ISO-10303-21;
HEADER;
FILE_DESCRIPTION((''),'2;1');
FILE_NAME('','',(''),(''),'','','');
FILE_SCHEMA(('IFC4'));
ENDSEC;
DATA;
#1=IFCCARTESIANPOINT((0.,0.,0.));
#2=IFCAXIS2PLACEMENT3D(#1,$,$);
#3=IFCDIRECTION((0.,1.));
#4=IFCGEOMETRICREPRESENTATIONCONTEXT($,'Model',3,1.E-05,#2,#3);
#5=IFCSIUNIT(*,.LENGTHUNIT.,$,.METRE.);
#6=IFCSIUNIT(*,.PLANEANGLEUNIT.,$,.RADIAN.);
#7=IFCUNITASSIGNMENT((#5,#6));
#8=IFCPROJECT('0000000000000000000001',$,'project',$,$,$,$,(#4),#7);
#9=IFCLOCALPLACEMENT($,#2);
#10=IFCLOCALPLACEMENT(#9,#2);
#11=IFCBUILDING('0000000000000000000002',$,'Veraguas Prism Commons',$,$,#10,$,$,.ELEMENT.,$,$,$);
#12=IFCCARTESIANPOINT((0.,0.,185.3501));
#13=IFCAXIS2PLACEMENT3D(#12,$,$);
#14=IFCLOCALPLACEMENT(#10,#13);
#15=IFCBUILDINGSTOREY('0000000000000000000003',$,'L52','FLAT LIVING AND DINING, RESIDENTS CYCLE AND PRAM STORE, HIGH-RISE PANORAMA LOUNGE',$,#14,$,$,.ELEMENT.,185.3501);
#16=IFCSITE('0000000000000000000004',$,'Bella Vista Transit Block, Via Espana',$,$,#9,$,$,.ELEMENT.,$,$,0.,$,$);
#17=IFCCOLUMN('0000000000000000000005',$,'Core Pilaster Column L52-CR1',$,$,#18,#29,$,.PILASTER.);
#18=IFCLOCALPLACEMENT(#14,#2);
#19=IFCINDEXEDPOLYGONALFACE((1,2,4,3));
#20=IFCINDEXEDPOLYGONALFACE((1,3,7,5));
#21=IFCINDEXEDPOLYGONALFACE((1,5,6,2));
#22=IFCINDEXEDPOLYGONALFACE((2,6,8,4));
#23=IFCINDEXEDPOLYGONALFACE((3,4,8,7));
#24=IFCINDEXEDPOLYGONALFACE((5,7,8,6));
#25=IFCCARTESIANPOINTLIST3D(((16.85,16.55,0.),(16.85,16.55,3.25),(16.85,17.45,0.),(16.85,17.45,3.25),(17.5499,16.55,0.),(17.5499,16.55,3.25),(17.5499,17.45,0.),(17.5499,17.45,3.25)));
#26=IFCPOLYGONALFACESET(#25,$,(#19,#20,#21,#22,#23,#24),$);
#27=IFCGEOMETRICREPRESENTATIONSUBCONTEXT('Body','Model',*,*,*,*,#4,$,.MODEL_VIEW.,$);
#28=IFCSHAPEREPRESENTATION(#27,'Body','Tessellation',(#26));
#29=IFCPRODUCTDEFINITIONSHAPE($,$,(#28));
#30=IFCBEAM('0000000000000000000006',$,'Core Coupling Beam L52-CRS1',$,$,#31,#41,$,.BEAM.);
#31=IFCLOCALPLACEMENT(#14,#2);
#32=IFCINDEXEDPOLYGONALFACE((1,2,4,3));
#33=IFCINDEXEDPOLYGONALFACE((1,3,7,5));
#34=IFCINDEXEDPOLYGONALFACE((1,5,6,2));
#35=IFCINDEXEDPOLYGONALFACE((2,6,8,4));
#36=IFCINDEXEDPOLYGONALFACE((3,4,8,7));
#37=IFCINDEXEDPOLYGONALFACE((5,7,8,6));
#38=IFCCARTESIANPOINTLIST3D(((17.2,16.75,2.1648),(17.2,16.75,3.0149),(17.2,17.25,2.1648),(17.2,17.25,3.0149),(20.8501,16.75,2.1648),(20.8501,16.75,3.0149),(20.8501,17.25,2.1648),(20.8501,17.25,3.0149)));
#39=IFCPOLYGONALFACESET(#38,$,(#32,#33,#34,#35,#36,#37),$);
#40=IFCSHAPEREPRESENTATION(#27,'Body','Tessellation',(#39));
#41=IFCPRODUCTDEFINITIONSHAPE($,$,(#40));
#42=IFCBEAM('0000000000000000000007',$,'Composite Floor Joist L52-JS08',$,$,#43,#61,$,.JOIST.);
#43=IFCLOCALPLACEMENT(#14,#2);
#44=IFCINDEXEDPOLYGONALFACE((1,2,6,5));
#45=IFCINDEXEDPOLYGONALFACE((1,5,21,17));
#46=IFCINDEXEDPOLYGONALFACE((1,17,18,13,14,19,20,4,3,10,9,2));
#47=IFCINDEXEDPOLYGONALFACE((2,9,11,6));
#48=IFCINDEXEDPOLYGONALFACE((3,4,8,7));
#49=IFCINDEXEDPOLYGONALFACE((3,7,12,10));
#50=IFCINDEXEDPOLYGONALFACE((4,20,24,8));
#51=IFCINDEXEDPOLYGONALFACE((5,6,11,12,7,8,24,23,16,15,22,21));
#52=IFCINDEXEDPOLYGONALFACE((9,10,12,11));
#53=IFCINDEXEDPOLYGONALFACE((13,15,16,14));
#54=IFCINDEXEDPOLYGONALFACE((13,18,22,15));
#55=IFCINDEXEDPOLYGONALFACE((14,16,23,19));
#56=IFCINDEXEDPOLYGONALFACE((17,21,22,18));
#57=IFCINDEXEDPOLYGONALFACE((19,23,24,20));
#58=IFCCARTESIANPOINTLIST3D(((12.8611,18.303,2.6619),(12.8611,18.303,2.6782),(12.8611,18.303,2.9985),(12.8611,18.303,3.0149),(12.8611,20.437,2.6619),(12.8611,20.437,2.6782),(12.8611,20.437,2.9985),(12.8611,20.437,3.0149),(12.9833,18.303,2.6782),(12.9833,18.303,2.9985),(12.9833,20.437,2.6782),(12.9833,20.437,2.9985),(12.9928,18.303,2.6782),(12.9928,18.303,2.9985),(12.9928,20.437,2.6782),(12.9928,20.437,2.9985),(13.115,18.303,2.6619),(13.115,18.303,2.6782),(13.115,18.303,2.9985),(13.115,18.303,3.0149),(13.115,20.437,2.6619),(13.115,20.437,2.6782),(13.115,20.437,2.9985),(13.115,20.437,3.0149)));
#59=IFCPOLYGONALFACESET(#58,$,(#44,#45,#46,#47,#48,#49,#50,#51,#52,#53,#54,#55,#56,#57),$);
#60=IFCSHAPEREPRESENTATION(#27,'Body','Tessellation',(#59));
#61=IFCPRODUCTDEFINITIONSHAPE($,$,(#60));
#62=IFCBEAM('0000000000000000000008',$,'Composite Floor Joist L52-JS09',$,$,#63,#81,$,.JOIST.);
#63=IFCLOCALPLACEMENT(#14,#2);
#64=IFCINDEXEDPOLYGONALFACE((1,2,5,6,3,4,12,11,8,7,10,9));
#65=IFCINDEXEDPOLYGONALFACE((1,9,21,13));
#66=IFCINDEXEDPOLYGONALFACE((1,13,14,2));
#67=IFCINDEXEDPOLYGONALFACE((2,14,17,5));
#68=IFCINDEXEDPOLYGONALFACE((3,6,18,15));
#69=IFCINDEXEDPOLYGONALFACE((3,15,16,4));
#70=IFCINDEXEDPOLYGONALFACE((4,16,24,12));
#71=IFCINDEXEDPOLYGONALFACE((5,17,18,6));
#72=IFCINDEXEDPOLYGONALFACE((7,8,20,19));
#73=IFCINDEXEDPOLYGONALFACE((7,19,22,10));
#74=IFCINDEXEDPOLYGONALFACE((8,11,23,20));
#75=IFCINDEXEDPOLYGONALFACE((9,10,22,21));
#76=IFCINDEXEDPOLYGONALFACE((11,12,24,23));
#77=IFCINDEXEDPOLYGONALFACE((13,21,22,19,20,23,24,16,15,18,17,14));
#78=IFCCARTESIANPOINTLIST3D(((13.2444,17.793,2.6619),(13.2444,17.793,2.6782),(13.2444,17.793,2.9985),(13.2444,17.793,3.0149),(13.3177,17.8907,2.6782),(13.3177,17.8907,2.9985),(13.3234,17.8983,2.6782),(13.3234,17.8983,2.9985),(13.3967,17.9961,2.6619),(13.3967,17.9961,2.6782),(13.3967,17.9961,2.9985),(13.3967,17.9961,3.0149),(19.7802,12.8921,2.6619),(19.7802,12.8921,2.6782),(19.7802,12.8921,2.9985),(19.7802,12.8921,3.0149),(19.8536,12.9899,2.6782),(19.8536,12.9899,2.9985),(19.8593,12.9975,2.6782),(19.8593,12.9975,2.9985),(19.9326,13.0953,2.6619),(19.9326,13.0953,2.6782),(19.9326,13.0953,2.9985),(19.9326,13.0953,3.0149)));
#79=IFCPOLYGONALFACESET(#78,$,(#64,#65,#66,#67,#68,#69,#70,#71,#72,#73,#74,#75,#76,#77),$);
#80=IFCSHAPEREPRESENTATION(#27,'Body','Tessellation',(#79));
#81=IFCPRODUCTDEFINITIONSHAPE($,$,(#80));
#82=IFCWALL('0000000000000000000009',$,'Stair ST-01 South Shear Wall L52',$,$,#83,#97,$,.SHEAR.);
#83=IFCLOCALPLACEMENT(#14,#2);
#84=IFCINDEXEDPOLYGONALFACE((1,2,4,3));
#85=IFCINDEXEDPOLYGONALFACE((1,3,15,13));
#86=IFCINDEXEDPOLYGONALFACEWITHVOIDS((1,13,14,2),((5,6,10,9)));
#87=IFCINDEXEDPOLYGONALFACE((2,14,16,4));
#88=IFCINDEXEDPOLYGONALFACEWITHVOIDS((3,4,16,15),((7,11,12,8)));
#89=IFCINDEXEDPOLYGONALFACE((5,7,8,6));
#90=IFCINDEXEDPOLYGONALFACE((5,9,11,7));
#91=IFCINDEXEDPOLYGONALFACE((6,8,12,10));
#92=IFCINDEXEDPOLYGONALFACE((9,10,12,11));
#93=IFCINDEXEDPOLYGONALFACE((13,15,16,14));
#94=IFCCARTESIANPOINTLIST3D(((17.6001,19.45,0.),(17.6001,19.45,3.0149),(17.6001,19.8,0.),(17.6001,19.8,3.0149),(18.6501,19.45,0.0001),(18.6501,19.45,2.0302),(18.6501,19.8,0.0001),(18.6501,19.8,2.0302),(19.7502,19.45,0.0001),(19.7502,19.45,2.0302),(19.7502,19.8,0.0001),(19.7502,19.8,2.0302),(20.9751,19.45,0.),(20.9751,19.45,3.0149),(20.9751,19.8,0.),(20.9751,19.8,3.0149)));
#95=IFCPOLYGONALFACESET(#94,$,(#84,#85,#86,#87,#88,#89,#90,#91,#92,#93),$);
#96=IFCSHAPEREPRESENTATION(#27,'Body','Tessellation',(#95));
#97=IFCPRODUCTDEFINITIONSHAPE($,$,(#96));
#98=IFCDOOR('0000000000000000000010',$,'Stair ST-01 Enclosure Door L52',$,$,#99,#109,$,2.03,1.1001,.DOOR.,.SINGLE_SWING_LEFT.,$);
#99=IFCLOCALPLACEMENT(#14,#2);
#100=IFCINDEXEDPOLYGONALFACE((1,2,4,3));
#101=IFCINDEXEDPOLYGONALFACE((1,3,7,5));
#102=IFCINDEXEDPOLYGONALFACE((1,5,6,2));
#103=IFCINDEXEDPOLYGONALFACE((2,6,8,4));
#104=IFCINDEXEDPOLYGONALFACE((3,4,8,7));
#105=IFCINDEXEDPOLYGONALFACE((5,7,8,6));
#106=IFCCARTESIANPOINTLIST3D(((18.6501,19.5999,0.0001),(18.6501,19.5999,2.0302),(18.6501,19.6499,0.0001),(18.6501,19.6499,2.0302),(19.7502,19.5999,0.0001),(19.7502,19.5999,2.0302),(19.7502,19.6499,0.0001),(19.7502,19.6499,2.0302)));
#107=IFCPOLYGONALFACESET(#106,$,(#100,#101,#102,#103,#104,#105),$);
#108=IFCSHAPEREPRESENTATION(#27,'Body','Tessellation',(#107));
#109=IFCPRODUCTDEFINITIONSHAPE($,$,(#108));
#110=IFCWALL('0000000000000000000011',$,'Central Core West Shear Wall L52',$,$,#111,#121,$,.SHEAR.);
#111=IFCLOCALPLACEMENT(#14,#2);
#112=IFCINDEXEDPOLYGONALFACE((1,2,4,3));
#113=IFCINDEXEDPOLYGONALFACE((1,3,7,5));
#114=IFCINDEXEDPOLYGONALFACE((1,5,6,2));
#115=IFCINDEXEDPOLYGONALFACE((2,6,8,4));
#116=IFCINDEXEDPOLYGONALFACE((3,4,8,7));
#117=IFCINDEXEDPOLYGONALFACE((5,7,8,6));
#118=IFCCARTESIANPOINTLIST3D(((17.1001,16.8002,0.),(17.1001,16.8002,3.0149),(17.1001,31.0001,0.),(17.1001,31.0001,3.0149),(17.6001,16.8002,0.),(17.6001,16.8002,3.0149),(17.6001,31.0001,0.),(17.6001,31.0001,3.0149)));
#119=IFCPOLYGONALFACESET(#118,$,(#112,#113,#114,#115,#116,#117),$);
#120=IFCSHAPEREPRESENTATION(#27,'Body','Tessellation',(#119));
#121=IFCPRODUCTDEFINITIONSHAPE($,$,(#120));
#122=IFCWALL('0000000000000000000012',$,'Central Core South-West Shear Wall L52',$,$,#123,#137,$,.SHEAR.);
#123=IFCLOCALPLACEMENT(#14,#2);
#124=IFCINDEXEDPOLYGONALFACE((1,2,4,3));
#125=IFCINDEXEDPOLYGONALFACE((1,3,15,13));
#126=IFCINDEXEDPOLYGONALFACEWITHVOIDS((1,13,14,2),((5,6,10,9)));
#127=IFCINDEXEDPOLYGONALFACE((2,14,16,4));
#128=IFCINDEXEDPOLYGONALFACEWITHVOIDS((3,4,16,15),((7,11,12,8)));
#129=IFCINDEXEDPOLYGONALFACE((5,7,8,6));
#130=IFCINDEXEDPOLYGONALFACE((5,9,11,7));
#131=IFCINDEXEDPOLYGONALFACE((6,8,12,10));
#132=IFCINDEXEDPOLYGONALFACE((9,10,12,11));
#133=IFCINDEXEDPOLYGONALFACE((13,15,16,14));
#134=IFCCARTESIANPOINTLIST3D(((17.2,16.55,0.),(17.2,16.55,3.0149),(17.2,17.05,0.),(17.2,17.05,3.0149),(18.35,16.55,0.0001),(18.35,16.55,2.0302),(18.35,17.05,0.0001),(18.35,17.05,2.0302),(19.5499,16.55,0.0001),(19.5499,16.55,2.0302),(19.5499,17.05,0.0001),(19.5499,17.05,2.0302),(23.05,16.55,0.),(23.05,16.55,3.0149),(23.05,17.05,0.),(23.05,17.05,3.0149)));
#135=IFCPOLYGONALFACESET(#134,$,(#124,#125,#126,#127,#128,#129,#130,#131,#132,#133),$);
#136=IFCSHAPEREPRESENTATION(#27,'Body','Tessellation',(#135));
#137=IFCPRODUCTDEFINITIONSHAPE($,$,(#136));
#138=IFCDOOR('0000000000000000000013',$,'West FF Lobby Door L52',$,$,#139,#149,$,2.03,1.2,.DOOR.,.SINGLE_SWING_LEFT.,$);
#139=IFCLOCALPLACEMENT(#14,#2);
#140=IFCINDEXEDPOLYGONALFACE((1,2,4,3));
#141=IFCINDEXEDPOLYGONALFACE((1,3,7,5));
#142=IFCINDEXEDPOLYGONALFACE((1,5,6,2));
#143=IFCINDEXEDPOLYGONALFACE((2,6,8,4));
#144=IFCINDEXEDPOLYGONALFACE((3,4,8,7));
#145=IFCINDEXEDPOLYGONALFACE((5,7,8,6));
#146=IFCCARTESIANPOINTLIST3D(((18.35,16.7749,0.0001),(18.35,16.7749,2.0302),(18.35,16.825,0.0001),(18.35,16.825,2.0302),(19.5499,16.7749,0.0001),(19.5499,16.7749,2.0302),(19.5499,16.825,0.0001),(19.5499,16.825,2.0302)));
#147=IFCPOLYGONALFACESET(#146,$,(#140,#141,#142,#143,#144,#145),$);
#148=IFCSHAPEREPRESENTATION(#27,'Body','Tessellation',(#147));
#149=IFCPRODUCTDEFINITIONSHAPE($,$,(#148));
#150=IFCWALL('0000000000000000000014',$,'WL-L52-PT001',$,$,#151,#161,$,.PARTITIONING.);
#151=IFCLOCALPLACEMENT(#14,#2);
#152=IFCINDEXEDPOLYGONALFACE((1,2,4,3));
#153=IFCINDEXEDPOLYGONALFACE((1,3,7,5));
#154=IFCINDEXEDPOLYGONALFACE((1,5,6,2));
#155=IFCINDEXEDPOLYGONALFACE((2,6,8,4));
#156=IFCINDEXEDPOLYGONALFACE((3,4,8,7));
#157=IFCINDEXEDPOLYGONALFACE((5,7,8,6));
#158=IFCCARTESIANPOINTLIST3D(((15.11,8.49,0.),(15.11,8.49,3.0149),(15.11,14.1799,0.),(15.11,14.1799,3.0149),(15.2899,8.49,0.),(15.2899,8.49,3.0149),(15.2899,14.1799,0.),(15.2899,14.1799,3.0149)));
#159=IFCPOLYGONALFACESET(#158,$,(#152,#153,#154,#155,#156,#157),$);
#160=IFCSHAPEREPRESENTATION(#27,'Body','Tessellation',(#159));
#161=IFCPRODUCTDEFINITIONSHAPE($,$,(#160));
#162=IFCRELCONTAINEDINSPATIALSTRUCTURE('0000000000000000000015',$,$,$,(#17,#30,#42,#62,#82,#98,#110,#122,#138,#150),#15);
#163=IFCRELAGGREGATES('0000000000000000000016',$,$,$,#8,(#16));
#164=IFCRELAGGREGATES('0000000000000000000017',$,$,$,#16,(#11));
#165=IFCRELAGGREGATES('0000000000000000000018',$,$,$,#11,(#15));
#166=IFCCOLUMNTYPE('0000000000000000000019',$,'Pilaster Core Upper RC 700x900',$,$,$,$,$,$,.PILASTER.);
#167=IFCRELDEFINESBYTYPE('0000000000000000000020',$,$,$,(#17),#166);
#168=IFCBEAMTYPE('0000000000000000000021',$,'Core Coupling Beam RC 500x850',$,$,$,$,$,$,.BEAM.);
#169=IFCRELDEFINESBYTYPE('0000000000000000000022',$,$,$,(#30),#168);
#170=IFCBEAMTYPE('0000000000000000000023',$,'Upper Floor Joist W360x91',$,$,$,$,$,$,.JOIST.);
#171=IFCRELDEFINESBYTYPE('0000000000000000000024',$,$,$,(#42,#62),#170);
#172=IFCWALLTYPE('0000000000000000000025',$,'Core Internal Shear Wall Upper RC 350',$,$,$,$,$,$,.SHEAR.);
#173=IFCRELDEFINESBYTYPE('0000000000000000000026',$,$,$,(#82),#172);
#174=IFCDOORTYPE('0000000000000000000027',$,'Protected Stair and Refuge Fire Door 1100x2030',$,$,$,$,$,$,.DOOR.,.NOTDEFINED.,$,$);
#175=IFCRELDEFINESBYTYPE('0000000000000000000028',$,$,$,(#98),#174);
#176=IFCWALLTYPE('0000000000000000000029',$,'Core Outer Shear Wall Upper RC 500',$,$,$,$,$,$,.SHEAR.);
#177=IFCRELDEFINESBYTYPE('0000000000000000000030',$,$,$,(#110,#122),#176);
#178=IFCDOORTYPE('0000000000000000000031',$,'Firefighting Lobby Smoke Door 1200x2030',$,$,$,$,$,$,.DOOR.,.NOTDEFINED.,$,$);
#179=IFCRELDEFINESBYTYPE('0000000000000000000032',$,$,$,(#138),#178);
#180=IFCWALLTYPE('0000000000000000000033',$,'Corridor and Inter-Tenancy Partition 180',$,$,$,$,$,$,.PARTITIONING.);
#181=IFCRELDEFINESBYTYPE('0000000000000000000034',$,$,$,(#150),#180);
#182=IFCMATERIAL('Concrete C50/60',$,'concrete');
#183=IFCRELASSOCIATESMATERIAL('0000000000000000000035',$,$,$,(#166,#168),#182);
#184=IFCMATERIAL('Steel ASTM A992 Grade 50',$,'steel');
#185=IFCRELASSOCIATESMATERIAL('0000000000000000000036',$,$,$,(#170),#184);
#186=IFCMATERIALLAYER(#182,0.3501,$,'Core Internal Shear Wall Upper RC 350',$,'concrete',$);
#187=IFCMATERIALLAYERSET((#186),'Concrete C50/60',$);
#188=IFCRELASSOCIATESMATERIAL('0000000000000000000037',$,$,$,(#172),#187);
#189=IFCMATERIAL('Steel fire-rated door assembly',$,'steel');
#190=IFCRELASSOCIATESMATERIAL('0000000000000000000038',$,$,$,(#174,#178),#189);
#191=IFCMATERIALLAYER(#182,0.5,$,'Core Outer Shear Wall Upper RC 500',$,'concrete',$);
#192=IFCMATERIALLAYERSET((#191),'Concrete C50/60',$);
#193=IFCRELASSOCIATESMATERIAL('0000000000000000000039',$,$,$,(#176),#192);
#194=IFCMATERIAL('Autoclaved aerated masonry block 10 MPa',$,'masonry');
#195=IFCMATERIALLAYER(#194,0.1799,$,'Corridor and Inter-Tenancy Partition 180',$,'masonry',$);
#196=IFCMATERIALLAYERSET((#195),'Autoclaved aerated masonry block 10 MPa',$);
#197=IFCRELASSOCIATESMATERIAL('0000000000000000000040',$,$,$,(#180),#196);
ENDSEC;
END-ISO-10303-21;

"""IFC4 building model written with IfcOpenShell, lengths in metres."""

from ifc_helpers import new_model, si_unit, direction, frame, frame_2d, origin, origin_2d, place, context, subcontext, project, spatial, rectangle, i_section, extrude, source, transform, mapped, material, layer, layer_set, material_profile, profile_set, type_object, element, fill, save


model = new_model("IFC4")

# Units and contexts
model_context = context("Model", 3, precision=1e-05, world=origin(), true_north=direction((0.0, 1.0)))
body_context = subcontext(model_context, "Body", "Model", "MODEL_VIEW")
ifc_project = project(units=[si_unit("LENGTHUNIT", "METRE"), si_unit("PLANEANGLEUNIT", "RADIAN")], contexts=[model_context])

# Site, building, storey
site_placement = place(None, origin())
site = spatial("IfcSite", under=ifc_project, at=site_placement, Name="Bella Vista Transit Block, Via Espana", CompositionType="ELEMENT", RefElevation=0.0)
building_placement = place(site_placement, origin())
building = spatial("IfcBuilding", under=site, at=building_placement, Name="Veraguas Prism Commons", CompositionType="ELEMENT")
storey_placement = place(building_placement, frame((0.0, 0.0, 185.3501)))
storey = spatial("IfcBuildingStorey", under=building, at=storey_placement, Name="L52", Description="FLAT LIVING AND DINING, RESIDENTS CYCLE AND PRAM STORE, HIGH-RISE PANORAMA LOUNGE", CompositionType="ELEMENT", Elevation=185.3501)

# Column
ifc_material_1 = material(Name="Concrete C50/60", Category="concrete")
ifc_material_profile_1 = material_profile(ifc_material_1, rectangle(XDim=0.7, YDim=0.8999, at=origin_2d()), Name="RC700X900")
ifc_profile_set_1 = profile_set([ifc_material_profile_1], Name="Concrete C50/60")
column_type = type_object("IfcColumnType", Name="Pilaster Core Upper RC 700x900", PredefinedType="PILASTER", material=ifc_profile_set_1)
column_placement = place(storey_placement, frame((17.2, 17.0, 0.0), z_axis=(0.0, 0.0, 1.0), x_axis=(1.0, 0.0, 0.0)))
element("IfcColumn", 1, at=column_placement, inside=storey, type_object=column_type, Name="Core Pilaster Column L52-CR1", PredefinedType="PILASTER", context=body_context, shape_type="SweptSolid", body=[
    extrude(rectangle(XDim=0.7, YDim=0.8999, at=origin_2d()), origin(), (0.0, 0.0, 1.0), 3.25),
])

# Beams
ifc_material_profile_2 = material_profile(ifc_material_1, rectangle(XDim=0.5, YDim=0.8501, at=origin_2d()), Name="RC500X850")
ifc_profile_set_2 = profile_set([ifc_material_profile_2], Name="Concrete C50/60")
beam_type_1 = type_object("IfcBeamType", Name="Core Coupling Beam RC 500x850", PredefinedType="BEAM", material=ifc_profile_set_2)
beam_1_placement = place(storey_placement, frame((17.2, 17.0, 2.5898), z_axis=(1.0, 0.0, 0.0), x_axis=(0.0, 1.0, 0.0)))
element("IfcBeam", 2, at=beam_1_placement, inside=storey, type_object=beam_type_1, Name="Core Coupling Beam L52-CRS1", PredefinedType="BEAM", context=body_context, shape_type="SweptSolid", body=[
    extrude(rectangle(XDim=0.5, YDim=0.8501, at=origin_2d()), origin(), (0.0, 0.0, 1.0), 3.6501),
])
ifc_material_2 = material(Name="Steel ASTM A992 Grade 50", Category="steel")
ifc_material_profile_3 = material_profile(ifc_material_2, i_section(OverallWidth=0.2539, OverallDepth=0.353, WebThickness=0.0095, FlangeThickness=0.0164, at=origin_2d()), Name="W360X91")
ifc_profile_set_3 = profile_set([ifc_material_profile_3], Name="Steel ASTM A992 Grade 50")
beam_type_2 = type_object("IfcBeamType", Name="Upper Floor Joist W360x91", PredefinedType="JOIST", material=ifc_profile_set_3)
beam_2_placement = place(storey_placement, frame((12.988, 20.437, 2.8384), z_axis=(0.0, -1.0, 0.0), x_axis=(1.0, 0.0, 0.0)))
element("IfcBeam", 3, at=beam_2_placement, inside=storey, type_object=beam_type_2, Name="Composite Floor Joist L52-JS08", PredefinedType="JOIST", context=body_context, shape_type="SweptSolid", body=[
    extrude(i_section(OverallWidth=0.2539, OverallDepth=0.353, WebThickness=0.0095, FlangeThickness=0.0164, at=origin_2d()), origin(), (0.0, 0.0, 1.0), 2.134),
])
beam_3_placement = place(storey_placement, frame((13.3206, 17.8945, 2.8384), z_axis=(0.800061, -0.599919, 0.0), x_axis=(0.599919, 0.800061, 0.0)))
element("IfcBeam", 4, at=beam_3_placement, inside=storey, type_object=beam_type_2, Name="Composite Floor Joist L52-JS09", PredefinedType="JOIST", context=body_context, shape_type="SweptSolid", body=[
    extrude(i_section(OverallWidth=0.2539, OverallDepth=0.353, WebThickness=0.0095, FlangeThickness=0.0164, at=origin_2d()), origin(), (0.0, 0.0, 1.0), 8.1692),
])

# Wall, opening, door
ifc_layer_1 = layer(ifc_material_1, 0.3501, Name="Core Internal Shear Wall Upper RC 350", Category="concrete")
ifc_layer_set_1 = layer_set([ifc_layer_1], Name="Concrete C50/60")
wall_type_1 = type_object("IfcWallType", Name="Core Internal Shear Wall Upper RC 350", PredefinedType="SHEAR", material=ifc_layer_set_1)
wall_1_placement = place(storey_placement, frame((17.6001, 19.625, 0.0), z_axis=(0.0, 0.0, 1.0), x_axis=(1.0, 0.0, 0.0)))
wall_1 = element("IfcWall", 5, at=wall_1_placement, inside=storey, type_object=wall_type_1, Name="Stair ST-01 South Shear Wall L52", PredefinedType="SHEAR", context=body_context, shape_type="SweptSolid", body=[
    extrude(rectangle(XDim=3.375, YDim=0.3501, at=frame_2d((1.6875, 0.0))), origin(), (0.0, 0.0, 1.0), 3.0149),
])
opening_1_placement = place(wall_1_placement, frame((1.05, 0.0, 0.0)))
opening_1 = element("IfcOpeningElement", 6, at=opening_1_placement, cuts=wall_1, PredefinedType="OPENING", context=body_context, shape_type="SweptSolid", body=[
    extrude(rectangle(XDim=1.1001, YDim=2.03, at=frame_2d((0.55, 1.0151))), frame((0.0, 0.1851, 0.0), z_axis=(0.0, -1.0, 0.0), x_axis=(1.0, 0.0, 0.0)), (0.0, 0.0, 1.0), 0.3701),
])
ifc_material_3 = material(Name="Steel fire-rated door assembly", Category="steel")
door_type_1 = type_object("IfcDoorType", Name="Protected Stair and Refuge Fire Door 1100x2030", OperationType="NOTDEFINED", PredefinedType="DOOR", material=ifc_material_3)
shared_shape_1 = source(origin(), body_context, "Body", "SweptSolid", [
    extrude(rectangle(XDim=1.1001, YDim=2.03, at=frame_2d((0.55, 1.0151))), frame((0.0, 0.0249, 0.0), z_axis=(0.0, -1.0, 0.0), x_axis=(1.0, 0.0, 0.0)), (0.0, 0.0, 1.0), 0.05),
])
door_1_placement = place(opening_1_placement, origin())
door_1 = element("IfcDoor", 7, at=door_1_placement, inside=storey, type_object=door_type_1, Name="Stair ST-01 Enclosure Door L52", OperationType="SINGLE_SWING_LEFT", OverallHeight=2.03, OverallWidth=1.1001, PredefinedType="DOOR", context=body_context, shape_type="MappedRepresentation", body=[
    mapped(shared_shape_1, transform((0.0, 0.0, 0.0), scale=1.0)),
])
fill(opening_1, door_1)

# Wall
ifc_layer_2 = layer(ifc_material_1, 0.5, Name="Core Outer Shear Wall Upper RC 500", Category="concrete")
ifc_layer_set_2 = layer_set([ifc_layer_2], Name="Concrete C50/60")
wall_type_2 = type_object("IfcWallType", Name="Core Outer Shear Wall Upper RC 500", PredefinedType="SHEAR", material=ifc_layer_set_2)
wall_2_placement = place(storey_placement, frame((17.3501, 16.8, 0.0), z_axis=(0.0, 0.0, 1.0), x_axis=(0.0, 1.0, 0.0)))
element("IfcWall", 8, at=wall_2_placement, inside=storey, type_object=wall_type_2, Name="Central Core West Shear Wall L52", PredefinedType="SHEAR", context=body_context, shape_type="SweptSolid", body=[
    extrude(rectangle(XDim=14.2, YDim=0.5, at=frame_2d((7.1001, 0.0))), origin(), (0.0, 0.0, 1.0), 3.0149),
])

# Wall, opening, door
wall_3_placement = place(storey_placement, frame((17.2, 16.8, 0.0), z_axis=(0.0, 0.0, 1.0), x_axis=(1.0, 0.0, 0.0)))
wall_3 = element("IfcWall", 9, at=wall_3_placement, inside=storey, type_object=wall_type_2, Name="Central Core South-West Shear Wall L52", PredefinedType="SHEAR", context=body_context, shape_type="SweptSolid", body=[
    extrude(rectangle(XDim=5.8501, YDim=0.5, at=frame_2d((2.925, 0.0))), origin(), (0.0, 0.0, 1.0), 3.0149),
])
opening_2_placement = place(wall_3_placement, frame((1.1499, 0.0, 0.0)))
opening_2 = element("IfcOpeningElement", 10, at=opening_2_placement, cuts=wall_3, PredefinedType="OPENING", context=body_context, shape_type="SweptSolid", body=[
    extrude(rectangle(XDim=1.2, YDim=2.03, at=frame_2d((0.6001, 1.0151))), frame((0.0, 0.26, 0.0), z_axis=(0.0, -1.0, 0.0), x_axis=(1.0, 0.0, 0.0)), (0.0, 0.0, 1.0), 0.52),
])
door_type_2 = type_object("IfcDoorType", Name="Firefighting Lobby Smoke Door 1200x2030", OperationType="NOTDEFINED", PredefinedType="DOOR", material=ifc_material_3)
shared_shape_2 = source(origin(), body_context, "Body", "SweptSolid", [
    extrude(rectangle(XDim=1.2, YDim=2.03, at=frame_2d((0.6001, 1.0151))), frame((0.0, 0.0249, 0.0), z_axis=(0.0, -1.0, 0.0), x_axis=(1.0, 0.0, 0.0)), (0.0, 0.0, 1.0), 0.05),
])
door_2_placement = place(opening_2_placement, origin())
door_2 = element("IfcDoor", 11, at=door_2_placement, inside=storey, type_object=door_type_2, Name="West FF Lobby Door L52", OperationType="SINGLE_SWING_LEFT", OverallHeight=2.03, OverallWidth=1.2, PredefinedType="DOOR", context=body_context, shape_type="MappedRepresentation", body=[
    mapped(shared_shape_2, transform((0.0, 0.0, 0.0), scale=1.0)),
])
fill(opening_2, door_2)

# Wall
ifc_material_4 = material(Name="Autoclaved aerated masonry block 10 MPa", Category="masonry")
ifc_layer_3 = layer(ifc_material_4, 0.1799, Name="Corridor and Inter-Tenancy Partition 180", Category="masonry")
ifc_layer_set_3 = layer_set([ifc_layer_3], Name="Autoclaved aerated masonry block 10 MPa")
wall_type_3 = type_object("IfcWallType", Name="Corridor and Inter-Tenancy Partition 180", PredefinedType="PARTITIONING", material=ifc_layer_set_3)
wall_4_placement = place(storey_placement, frame((15.2, 14.1799, 0.0), z_axis=(0.0, 0.0, 1.0), x_axis=(0.0, -1.0, 0.0)))
element("IfcWall", 12, at=wall_4_placement, inside=storey, type_object=wall_type_3, Name="WL-L52-PT001", PredefinedType="PARTITIONING", context=body_context, shape_type="SweptSolid", body=[
    extrude(rectangle(XDim=5.6899, YDim=0.1799, at=frame_2d((2.845, 0.0))), origin(), (0.0, 0.0, 1.0), 3.0149),
])

save(model, "model.ifc")
